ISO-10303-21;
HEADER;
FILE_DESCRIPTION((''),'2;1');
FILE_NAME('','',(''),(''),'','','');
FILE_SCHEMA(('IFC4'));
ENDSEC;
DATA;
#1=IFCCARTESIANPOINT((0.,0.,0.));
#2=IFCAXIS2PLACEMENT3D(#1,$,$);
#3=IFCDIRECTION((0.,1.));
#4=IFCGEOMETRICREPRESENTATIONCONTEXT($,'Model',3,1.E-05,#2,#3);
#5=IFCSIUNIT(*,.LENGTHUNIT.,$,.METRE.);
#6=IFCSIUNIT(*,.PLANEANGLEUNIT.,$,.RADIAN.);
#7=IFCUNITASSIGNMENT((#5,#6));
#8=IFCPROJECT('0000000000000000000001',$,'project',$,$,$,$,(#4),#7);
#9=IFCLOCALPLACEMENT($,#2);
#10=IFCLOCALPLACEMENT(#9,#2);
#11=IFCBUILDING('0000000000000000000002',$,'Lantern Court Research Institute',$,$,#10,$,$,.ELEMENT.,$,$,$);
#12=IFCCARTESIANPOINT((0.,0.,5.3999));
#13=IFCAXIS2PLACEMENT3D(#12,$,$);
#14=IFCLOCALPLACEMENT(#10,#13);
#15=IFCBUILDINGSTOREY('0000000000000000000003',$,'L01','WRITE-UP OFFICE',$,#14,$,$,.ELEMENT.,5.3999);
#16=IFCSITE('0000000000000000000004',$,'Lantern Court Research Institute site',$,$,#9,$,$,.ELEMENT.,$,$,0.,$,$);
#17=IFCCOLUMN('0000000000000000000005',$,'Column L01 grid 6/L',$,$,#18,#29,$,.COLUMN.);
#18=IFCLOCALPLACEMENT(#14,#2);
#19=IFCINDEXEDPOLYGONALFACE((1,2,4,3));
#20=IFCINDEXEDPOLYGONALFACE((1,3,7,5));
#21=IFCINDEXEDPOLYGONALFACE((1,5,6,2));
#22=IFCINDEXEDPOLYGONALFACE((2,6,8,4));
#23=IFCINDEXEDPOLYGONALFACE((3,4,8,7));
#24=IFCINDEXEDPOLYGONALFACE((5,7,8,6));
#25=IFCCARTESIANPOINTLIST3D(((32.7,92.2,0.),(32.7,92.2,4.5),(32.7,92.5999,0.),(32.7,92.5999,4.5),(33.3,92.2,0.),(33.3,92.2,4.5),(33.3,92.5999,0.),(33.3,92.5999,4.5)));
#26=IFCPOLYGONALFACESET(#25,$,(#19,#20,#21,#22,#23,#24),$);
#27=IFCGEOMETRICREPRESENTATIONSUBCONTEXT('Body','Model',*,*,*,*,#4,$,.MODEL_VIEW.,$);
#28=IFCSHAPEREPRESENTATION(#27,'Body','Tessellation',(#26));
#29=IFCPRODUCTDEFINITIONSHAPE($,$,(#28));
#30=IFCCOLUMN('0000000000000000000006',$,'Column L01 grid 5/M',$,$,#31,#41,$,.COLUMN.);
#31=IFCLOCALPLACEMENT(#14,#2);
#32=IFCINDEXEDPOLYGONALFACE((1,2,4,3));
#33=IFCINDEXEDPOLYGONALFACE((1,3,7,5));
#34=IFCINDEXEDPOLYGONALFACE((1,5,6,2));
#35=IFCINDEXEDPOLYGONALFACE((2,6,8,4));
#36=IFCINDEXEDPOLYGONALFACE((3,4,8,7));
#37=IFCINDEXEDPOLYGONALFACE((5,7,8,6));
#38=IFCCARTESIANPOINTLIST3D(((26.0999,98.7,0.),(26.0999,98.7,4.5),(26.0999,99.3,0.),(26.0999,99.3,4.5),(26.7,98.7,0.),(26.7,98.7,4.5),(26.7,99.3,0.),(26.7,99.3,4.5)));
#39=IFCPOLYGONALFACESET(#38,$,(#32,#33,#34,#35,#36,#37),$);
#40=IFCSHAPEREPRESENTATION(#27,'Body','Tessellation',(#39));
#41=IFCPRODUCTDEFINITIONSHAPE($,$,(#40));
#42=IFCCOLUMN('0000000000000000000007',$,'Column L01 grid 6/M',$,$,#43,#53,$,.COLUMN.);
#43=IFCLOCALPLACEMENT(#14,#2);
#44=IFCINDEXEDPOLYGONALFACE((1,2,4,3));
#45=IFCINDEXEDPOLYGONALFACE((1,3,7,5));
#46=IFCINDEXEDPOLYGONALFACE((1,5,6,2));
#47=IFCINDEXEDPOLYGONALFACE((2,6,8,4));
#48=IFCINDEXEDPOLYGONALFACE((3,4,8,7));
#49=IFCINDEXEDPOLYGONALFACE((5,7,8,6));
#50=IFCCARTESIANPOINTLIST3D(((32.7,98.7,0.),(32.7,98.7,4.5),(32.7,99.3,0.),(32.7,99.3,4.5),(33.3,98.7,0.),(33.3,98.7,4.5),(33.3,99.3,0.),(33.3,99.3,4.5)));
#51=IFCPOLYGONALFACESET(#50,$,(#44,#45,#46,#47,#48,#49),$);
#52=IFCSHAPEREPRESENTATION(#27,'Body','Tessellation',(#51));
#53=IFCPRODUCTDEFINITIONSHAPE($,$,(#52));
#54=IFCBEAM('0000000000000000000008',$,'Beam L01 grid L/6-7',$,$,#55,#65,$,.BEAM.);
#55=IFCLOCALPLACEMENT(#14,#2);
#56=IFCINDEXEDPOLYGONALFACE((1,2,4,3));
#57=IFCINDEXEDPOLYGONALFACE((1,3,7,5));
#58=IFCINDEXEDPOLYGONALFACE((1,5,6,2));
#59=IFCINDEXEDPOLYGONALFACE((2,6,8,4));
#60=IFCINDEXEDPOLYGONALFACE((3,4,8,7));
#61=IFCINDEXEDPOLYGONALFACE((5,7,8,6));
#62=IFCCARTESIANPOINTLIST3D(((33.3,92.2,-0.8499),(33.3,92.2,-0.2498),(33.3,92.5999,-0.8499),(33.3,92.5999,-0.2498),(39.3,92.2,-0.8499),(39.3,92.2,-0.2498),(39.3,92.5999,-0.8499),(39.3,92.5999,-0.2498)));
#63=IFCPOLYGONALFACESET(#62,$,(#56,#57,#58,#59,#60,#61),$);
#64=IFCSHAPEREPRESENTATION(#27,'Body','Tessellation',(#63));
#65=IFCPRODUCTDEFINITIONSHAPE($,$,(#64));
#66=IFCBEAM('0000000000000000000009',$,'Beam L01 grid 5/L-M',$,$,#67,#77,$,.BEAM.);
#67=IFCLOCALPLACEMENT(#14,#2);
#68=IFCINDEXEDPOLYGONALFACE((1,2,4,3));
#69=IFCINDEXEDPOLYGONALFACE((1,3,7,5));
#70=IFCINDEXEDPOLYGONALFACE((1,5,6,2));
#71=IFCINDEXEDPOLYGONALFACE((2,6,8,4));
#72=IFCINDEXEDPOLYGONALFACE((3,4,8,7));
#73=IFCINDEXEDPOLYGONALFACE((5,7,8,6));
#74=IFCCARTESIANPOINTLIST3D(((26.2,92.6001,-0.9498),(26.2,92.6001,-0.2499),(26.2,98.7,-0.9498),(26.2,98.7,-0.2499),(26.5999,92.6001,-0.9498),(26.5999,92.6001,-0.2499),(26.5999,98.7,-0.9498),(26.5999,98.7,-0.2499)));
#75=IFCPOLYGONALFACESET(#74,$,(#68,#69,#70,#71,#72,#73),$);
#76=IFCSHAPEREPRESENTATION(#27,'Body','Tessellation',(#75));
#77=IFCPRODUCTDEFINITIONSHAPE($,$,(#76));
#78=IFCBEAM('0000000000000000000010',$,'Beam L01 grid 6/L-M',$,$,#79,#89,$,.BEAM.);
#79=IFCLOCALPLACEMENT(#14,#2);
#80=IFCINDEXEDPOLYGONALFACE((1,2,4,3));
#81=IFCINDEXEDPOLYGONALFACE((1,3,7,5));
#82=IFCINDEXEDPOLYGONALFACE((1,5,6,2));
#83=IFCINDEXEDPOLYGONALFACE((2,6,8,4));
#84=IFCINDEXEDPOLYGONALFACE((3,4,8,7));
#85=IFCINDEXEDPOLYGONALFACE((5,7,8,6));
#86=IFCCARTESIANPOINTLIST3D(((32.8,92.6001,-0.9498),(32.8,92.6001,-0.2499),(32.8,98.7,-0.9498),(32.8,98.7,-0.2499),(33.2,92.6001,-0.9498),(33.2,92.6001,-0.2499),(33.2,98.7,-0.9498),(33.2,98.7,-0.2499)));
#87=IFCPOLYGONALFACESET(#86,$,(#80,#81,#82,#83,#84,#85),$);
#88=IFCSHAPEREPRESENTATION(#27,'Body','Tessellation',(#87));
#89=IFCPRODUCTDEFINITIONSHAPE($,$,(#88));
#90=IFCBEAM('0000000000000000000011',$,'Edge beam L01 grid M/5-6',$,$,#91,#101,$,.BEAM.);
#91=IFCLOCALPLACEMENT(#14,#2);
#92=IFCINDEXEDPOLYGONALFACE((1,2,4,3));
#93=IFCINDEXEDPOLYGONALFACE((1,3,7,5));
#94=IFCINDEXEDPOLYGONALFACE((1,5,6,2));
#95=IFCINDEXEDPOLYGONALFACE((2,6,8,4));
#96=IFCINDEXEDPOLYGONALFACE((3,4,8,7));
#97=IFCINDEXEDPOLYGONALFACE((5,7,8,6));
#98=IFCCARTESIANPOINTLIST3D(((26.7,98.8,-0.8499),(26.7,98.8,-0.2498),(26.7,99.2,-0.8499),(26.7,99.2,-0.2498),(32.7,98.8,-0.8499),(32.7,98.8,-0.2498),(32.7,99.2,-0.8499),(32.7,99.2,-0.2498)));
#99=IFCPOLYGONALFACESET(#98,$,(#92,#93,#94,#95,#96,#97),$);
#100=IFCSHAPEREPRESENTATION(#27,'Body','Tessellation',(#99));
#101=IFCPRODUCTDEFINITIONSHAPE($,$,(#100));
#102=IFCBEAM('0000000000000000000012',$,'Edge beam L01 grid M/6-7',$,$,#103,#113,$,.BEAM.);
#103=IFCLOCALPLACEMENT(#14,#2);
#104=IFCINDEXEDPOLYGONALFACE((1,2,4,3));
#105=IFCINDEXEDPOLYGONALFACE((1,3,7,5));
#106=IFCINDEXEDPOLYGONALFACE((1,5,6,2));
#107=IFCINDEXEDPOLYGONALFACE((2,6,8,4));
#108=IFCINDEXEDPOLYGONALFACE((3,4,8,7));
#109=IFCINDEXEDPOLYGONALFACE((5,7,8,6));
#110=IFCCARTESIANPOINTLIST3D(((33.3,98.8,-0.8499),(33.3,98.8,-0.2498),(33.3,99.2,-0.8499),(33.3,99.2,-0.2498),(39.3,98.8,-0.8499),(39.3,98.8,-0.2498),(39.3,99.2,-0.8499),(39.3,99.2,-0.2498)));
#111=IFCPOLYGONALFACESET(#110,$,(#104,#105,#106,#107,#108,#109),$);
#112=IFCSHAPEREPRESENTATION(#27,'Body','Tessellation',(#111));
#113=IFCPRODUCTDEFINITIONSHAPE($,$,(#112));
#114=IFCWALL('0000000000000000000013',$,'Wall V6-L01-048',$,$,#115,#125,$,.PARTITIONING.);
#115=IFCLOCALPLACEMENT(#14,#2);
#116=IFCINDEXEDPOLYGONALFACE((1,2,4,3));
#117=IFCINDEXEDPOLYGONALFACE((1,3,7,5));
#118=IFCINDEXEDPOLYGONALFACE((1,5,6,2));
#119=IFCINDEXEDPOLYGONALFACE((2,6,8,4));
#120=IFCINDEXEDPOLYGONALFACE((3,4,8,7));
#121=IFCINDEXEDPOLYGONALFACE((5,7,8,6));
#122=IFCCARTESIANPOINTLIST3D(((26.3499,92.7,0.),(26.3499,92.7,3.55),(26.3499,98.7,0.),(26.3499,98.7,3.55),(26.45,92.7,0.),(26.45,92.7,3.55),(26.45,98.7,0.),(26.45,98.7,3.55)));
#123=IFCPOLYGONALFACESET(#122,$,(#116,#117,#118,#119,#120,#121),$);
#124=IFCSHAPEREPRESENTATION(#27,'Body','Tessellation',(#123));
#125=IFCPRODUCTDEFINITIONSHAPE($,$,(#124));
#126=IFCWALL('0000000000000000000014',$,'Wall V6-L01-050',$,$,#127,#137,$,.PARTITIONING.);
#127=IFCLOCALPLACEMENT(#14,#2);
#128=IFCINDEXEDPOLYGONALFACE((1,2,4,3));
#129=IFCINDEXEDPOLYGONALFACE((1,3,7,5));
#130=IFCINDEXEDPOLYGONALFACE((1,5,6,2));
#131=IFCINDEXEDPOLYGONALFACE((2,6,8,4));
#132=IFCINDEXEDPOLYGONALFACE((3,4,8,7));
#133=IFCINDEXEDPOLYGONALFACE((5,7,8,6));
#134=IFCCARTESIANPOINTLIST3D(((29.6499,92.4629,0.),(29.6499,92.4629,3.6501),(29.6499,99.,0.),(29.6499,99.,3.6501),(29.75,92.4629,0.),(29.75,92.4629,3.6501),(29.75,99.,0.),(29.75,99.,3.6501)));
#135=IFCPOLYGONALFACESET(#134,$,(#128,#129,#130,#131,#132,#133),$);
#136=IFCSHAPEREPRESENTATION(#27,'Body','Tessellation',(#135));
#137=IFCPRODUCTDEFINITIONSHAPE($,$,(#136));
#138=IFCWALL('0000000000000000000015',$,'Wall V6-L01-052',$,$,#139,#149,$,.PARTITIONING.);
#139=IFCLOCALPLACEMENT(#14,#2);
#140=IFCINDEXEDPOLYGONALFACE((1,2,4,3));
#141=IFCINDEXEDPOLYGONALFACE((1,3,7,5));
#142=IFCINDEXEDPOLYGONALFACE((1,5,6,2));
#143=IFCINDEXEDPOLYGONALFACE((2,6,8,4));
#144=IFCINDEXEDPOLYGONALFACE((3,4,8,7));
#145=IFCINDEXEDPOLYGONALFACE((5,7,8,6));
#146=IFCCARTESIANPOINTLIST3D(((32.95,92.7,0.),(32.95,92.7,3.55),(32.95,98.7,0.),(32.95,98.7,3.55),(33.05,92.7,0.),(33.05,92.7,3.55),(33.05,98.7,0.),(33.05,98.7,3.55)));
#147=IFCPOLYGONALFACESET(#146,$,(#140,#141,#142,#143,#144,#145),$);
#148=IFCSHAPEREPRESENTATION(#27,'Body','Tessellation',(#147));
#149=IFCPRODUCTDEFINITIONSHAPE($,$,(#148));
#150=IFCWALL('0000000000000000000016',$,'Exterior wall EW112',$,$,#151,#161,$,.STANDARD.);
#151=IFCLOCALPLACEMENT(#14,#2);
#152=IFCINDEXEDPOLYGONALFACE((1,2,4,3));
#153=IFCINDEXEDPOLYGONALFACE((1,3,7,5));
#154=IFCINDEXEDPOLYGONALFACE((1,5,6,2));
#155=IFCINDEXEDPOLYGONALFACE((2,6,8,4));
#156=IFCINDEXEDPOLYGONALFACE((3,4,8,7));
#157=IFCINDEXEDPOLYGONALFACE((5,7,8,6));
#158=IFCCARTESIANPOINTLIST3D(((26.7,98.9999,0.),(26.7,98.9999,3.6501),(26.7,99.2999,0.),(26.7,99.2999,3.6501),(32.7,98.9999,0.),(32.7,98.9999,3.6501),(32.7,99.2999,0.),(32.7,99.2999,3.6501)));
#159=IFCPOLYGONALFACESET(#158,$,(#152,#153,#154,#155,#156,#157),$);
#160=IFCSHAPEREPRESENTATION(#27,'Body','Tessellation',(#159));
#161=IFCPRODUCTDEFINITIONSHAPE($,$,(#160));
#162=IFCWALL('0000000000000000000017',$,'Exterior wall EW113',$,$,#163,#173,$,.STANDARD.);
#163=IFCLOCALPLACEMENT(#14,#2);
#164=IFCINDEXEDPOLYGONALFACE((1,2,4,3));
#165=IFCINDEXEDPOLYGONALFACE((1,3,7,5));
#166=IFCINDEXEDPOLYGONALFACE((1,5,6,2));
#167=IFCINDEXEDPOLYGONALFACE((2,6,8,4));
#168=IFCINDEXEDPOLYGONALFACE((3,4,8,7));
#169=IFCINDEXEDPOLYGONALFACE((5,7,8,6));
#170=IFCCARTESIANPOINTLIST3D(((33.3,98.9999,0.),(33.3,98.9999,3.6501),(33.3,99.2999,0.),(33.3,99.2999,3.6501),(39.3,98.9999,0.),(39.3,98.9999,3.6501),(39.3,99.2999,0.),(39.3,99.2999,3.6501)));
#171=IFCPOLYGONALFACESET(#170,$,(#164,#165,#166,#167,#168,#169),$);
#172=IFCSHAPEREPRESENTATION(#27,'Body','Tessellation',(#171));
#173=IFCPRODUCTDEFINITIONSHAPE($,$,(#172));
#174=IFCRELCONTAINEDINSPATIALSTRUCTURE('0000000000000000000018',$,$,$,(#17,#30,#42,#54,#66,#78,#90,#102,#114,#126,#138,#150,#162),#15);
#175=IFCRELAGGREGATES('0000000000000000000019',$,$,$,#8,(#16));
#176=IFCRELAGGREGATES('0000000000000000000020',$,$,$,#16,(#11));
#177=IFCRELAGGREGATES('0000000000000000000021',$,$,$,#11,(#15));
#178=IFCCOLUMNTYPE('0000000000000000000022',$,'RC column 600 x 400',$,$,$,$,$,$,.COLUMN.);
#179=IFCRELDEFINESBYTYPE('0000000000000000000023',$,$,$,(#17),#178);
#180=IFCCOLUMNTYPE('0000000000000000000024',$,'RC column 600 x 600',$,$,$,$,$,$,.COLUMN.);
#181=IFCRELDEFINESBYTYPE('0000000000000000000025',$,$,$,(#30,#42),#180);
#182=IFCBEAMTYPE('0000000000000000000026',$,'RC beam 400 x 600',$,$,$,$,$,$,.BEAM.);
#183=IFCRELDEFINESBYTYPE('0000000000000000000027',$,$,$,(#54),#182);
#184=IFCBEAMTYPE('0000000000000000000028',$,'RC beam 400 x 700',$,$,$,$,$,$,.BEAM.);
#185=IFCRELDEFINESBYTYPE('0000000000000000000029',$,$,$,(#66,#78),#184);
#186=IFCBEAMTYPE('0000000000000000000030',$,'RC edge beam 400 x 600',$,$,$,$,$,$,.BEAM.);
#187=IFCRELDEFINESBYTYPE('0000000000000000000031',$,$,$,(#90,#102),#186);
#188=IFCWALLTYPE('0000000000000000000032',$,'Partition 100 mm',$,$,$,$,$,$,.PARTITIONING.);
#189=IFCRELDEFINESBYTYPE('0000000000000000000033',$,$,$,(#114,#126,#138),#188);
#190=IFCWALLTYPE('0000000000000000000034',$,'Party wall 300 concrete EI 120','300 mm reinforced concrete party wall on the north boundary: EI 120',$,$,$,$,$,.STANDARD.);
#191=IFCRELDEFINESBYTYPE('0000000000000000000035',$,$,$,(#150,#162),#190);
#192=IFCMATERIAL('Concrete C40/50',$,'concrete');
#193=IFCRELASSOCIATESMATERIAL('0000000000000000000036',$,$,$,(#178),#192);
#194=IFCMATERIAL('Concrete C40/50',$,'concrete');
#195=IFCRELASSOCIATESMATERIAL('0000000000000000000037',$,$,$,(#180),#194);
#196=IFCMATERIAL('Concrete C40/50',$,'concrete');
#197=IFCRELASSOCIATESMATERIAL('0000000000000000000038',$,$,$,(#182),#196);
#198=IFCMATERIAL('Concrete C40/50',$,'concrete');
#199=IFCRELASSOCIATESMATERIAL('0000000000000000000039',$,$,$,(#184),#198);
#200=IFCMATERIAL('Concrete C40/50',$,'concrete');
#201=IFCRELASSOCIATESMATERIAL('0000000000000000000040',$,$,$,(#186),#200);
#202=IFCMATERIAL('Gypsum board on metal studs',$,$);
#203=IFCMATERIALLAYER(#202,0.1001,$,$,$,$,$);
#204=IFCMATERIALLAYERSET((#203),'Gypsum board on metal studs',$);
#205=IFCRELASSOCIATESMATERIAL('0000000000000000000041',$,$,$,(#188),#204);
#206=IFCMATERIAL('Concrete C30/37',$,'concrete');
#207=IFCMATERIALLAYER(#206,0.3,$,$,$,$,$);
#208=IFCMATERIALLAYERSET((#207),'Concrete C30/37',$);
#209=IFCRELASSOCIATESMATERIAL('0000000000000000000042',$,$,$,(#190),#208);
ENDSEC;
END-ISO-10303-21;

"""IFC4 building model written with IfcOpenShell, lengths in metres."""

from ifc_helpers import new_model, si_unit, direction, frame, frame_2d, origin, origin_2d, place, context, subcontext, project, spatial, rectangle, extrude, material, layer, layer_set, material_profile, profile_set, type_object, element, save


model = new_model("IFC4")

# Units and contexts
model_context = context("Model", 3, precision=1e-05, world=origin(), true_north=direction((0.0, 1.0)))
body_context = subcontext(model_context, "Body", "Model", "MODEL_VIEW")
ifc_project = project(units=[si_unit("LENGTHUNIT", "METRE"), si_unit("PLANEANGLEUNIT", "RADIAN")], contexts=[model_context])

# Site, building, storey
site_placement = place(None, origin())
site = spatial("IfcSite", under=ifc_project, at=site_placement, Name="Lantern Court Research Institute site", CompositionType="ELEMENT", RefElevation=0.0)
building_placement = place(site_placement, origin())
building = spatial("IfcBuilding", under=site, at=building_placement, Name="Lantern Court Research Institute", CompositionType="ELEMENT")
storey_placement = place(building_placement, frame((0.0, 0.0, 5.3999)))
storey = spatial("IfcBuildingStorey", under=building, at=storey_placement, Name="L01", Description="WRITE-UP OFFICE", CompositionType="ELEMENT", Elevation=5.3999)

# Columns
ifc_material_1 = material(Name="Concrete C40/50", Category="concrete")
ifc_material_profile_1 = material_profile(ifc_material_1, rectangle(XDim=0.6001, YDim=0.3999, at=origin_2d()), Name="RC column 600 x 400")
ifc_profile_set_1 = profile_set([ifc_material_profile_1], Name="Concrete C40/50")
column_type_1 = type_object("IfcColumnType", Name="RC column 600 x 400", PredefinedType="COLUMN", material=ifc_profile_set_1)
column_placement = place(storey_placement, frame((33.0, 92.3999, 0.0), z_axis=(0.0, 0.0, 1.0), x_axis=(1.0, 0.0, 0.0)))
element("IfcColumn", 1, at=column_placement, inside=storey, type_object=column_type_1, Name="Column L01 grid 6/L", PredefinedType="COLUMN", context=body_context, shape_type="SweptSolid", body=[
    extrude(rectangle(XDim=0.6001, YDim=0.3999, at=origin_2d()), origin(), (0.0, 0.0, 1.0), 4.5),
])
ifc_material_2 = material(Name="Concrete C40/50", Category="concrete")
ifc_material_profile_2 = material_profile(ifc_material_2, rectangle(XDim=0.6001, YDim=0.6001, at=origin_2d()), Name="RC column 600 x 600")
ifc_profile_set_2 = profile_set([ifc_material_profile_2], Name="Concrete C40/50")
column_type_2 = type_object("IfcColumnType", Name="RC column 600 x 600", PredefinedType="COLUMN", material=ifc_profile_set_2)
for number, where, z_axis, x_axis, name in (
    (2, (26.3999, 99.0, 0.0), (0.0, 0.0, 1.0), (1.0, 0.0, 0.0), "Column L01 grid 5/M"),
    (3, (33.0, 99.0, 0.0), (0.0, 0.0, 1.0), (1.0, 0.0, 0.0), "Column L01 grid 6/M"),
):
    element("IfcColumn", number, at=place(storey_placement, frame(where, z_axis=z_axis, x_axis=x_axis)), inside=storey, type_object=column_type_2, Name=name, PredefinedType="COLUMN", context=body_context, shape_type="SweptSolid", body=[
        extrude(rectangle(XDim=0.6001, YDim=0.6001, at=origin_2d()), origin(), (0.0, 0.0, 1.0), 4.5),
    ])

# Beams
ifc_material_3 = material(Name="Concrete C40/50", Category="concrete")
ifc_material_profile_3 = material_profile(ifc_material_3, rectangle(XDim=0.3999, YDim=0.6001, at=origin_2d()), Name="RC beam 400 x 600")
ifc_profile_set_3 = profile_set([ifc_material_profile_3], Name="Concrete C40/50")
beam_type_1 = type_object("IfcBeamType", Name="RC beam 400 x 600", PredefinedType="BEAM", material=ifc_profile_set_3)
beam_placement = place(storey_placement, frame((33.3, 92.3999, -0.5498), z_axis=(1.0, 0.0, 0.0), x_axis=(0.0, 1.0, 0.0)))
element("IfcBeam", 4, at=beam_placement, inside=storey, type_object=beam_type_1, Name="Beam L01 grid L/6-7", PredefinedType="BEAM", context=body_context, shape_type="SweptSolid", body=[
    extrude(rectangle(XDim=0.3999, YDim=0.6001, at=origin_2d()), origin(), (0.0, 0.0, 1.0), 6.0),
])
ifc_material_4 = material(Name="Concrete C40/50", Category="concrete")
ifc_material_profile_4 = material_profile(ifc_material_4, rectangle(XDim=0.3999, YDim=0.7, at=origin_2d()), Name="RC beam 400 x 700")
ifc_profile_set_4 = profile_set([ifc_material_profile_4], Name="Concrete C40/50")
beam_type_2 = type_object("IfcBeamType", Name="RC beam 400 x 700", PredefinedType="BEAM", material=ifc_profile_set_4)
for number, where, z_axis, x_axis, name in (
    (5, (26.3999, 92.6001, -0.5999), (0.0, 1.0, 0.0), (-1.0, 0.0, 0.0), "Beam L01 grid 5/L-M"),
    (6, (33.0, 92.6001, -0.5999), (0.0, 1.0, 0.0), (-1.0, 0.0, 0.0), "Beam L01 grid 6/L-M"),
):
    element("IfcBeam", number, at=place(storey_placement, frame(where, z_axis=z_axis, x_axis=x_axis)), inside=storey, type_object=beam_type_2, Name=name, PredefinedType="BEAM", context=body_context, shape_type="SweptSolid", body=[
        extrude(rectangle(XDim=0.3999, YDim=0.7, at=origin_2d()), origin(), (0.0, 0.0, 1.0), 6.0999),
    ])
ifc_material_5 = material(Name="Concrete C40/50", Category="concrete")
ifc_material_profile_5 = material_profile(ifc_material_5, rectangle(XDim=0.3999, YDim=0.6001, at=origin_2d()), Name="RC beam 400 x 600")
ifc_profile_set_5 = profile_set([ifc_material_profile_5], Name="Concrete C40/50")
beam_type_3 = type_object("IfcBeamType", Name="RC edge beam 400 x 600", PredefinedType="BEAM", material=ifc_profile_set_5)
for number, where, z_axis, x_axis, name in (
    (7, (26.7, 99.0, -0.5498), (1.0, 0.0, 0.0), (0.0, 1.0, 0.0), "Edge beam L01 grid M/5-6"),
    (8, (33.3, 99.0, -0.5498), (1.0, 0.0, 0.0), (0.0, 1.0, 0.0), "Edge beam L01 grid M/6-7"),
):
    element("IfcBeam", number, at=place(storey_placement, frame(where, z_axis=z_axis, x_axis=x_axis)), inside=storey, type_object=beam_type_3, Name=name, PredefinedType="BEAM", context=body_context, shape_type="SweptSolid", body=[
        extrude(rectangle(XDim=0.3999, YDim=0.6001, at=origin_2d()), origin(), (0.0, 0.0, 1.0), 6.0),
    ])

# Walls
ifc_material_6 = material(Name="Gypsum board on metal studs")
ifc_layer_1 = layer(ifc_material_6, 0.1001)
ifc_layer_set_1 = layer_set([ifc_layer_1], Name="Gypsum board on metal studs")
wall_type_1 = type_object("IfcWallType", Name="Partition 100 mm", PredefinedType="PARTITIONING", material=ifc_layer_set_1)
wall_1_placement = place(storey_placement, frame((26.3999, 92.7, 0.0), z_axis=(0.0, 0.0, 1.0), x_axis=(0.0, 1.0, 0.0)))
element("IfcWall", 9, at=wall_1_placement, inside=storey, type_object=wall_type_1, Name="Wall V6-L01-048", PredefinedType="PARTITIONING", context=body_context, shape_type="SweptSolid", body=[
    extrude(rectangle(XDim=6.0, YDim=0.1001, at=frame_2d((3.0, 0.0))), origin(), (0.0, 0.0, 1.0), 3.55),
])
wall_2_placement = place(storey_placement, frame((29.7, 92.4629, 0.0), z_axis=(0.0, 0.0, 1.0), x_axis=(0.0, 1.0, 0.0)))
element("IfcWall", 10, at=wall_2_placement, inside=storey, type_object=wall_type_1, Name="Wall V6-L01-050", PredefinedType="PARTITIONING", context=body_context, shape_type="SweptSolid", body=[
    extrude(rectangle(XDim=6.5371, YDim=0.1001, at=frame_2d((3.2686, 0.0))), origin(), (0.0, 0.0, 1.0), 3.6501),
])
wall_3_placement = place(storey_placement, frame((33.0, 92.7, 0.0), z_axis=(0.0, 0.0, 1.0), x_axis=(0.0, 1.0, 0.0)))
element("IfcWall", 11, at=wall_3_placement, inside=storey, type_object=wall_type_1, Name="Wall V6-L01-052", PredefinedType="PARTITIONING", context=body_context, shape_type="SweptSolid", body=[
    extrude(rectangle(XDim=6.0, YDim=0.1001, at=frame_2d((3.0, 0.0))), origin(), (0.0, 0.0, 1.0), 3.55),
])
ifc_material_7 = material(Name="Concrete C30/37", Category="concrete")
ifc_layer_2 = layer(ifc_material_7, 0.3)
ifc_layer_set_2 = layer_set([ifc_layer_2], Name="Concrete C30/37")
wall_type_2 = type_object("IfcWallType", Name="Party wall 300 concrete EI 120", Description="300 mm reinforced concrete party wall on the north boundary: EI 120", PredefinedType="STANDARD", material=ifc_layer_set_2)
for number, where, z_axis, x_axis, name in (
    (12, (26.7, 99.1499, 0.0), (0.0, 0.0, 1.0), (1.0, 0.0, 0.0), "Exterior wall EW112"),
    (13, (33.3, 99.1499, 0.0), (0.0, 0.0, 1.0), (1.0, 0.0, 0.0), "Exterior wall EW113"),
):
    element("IfcWall", number, at=place(storey_placement, frame(where, z_axis=z_axis, x_axis=x_axis)), inside=storey, type_object=wall_type_2, Name=name, PredefinedType="STANDARD", context=body_context, shape_type="SweptSolid", body=[
        extrude(rectangle(XDim=6.0, YDim=0.3, at=frame_2d((3.0, 0.0))), origin(), (0.0, 0.0, 1.0), 3.6501),
    ])

save(model, "model.ifc")
